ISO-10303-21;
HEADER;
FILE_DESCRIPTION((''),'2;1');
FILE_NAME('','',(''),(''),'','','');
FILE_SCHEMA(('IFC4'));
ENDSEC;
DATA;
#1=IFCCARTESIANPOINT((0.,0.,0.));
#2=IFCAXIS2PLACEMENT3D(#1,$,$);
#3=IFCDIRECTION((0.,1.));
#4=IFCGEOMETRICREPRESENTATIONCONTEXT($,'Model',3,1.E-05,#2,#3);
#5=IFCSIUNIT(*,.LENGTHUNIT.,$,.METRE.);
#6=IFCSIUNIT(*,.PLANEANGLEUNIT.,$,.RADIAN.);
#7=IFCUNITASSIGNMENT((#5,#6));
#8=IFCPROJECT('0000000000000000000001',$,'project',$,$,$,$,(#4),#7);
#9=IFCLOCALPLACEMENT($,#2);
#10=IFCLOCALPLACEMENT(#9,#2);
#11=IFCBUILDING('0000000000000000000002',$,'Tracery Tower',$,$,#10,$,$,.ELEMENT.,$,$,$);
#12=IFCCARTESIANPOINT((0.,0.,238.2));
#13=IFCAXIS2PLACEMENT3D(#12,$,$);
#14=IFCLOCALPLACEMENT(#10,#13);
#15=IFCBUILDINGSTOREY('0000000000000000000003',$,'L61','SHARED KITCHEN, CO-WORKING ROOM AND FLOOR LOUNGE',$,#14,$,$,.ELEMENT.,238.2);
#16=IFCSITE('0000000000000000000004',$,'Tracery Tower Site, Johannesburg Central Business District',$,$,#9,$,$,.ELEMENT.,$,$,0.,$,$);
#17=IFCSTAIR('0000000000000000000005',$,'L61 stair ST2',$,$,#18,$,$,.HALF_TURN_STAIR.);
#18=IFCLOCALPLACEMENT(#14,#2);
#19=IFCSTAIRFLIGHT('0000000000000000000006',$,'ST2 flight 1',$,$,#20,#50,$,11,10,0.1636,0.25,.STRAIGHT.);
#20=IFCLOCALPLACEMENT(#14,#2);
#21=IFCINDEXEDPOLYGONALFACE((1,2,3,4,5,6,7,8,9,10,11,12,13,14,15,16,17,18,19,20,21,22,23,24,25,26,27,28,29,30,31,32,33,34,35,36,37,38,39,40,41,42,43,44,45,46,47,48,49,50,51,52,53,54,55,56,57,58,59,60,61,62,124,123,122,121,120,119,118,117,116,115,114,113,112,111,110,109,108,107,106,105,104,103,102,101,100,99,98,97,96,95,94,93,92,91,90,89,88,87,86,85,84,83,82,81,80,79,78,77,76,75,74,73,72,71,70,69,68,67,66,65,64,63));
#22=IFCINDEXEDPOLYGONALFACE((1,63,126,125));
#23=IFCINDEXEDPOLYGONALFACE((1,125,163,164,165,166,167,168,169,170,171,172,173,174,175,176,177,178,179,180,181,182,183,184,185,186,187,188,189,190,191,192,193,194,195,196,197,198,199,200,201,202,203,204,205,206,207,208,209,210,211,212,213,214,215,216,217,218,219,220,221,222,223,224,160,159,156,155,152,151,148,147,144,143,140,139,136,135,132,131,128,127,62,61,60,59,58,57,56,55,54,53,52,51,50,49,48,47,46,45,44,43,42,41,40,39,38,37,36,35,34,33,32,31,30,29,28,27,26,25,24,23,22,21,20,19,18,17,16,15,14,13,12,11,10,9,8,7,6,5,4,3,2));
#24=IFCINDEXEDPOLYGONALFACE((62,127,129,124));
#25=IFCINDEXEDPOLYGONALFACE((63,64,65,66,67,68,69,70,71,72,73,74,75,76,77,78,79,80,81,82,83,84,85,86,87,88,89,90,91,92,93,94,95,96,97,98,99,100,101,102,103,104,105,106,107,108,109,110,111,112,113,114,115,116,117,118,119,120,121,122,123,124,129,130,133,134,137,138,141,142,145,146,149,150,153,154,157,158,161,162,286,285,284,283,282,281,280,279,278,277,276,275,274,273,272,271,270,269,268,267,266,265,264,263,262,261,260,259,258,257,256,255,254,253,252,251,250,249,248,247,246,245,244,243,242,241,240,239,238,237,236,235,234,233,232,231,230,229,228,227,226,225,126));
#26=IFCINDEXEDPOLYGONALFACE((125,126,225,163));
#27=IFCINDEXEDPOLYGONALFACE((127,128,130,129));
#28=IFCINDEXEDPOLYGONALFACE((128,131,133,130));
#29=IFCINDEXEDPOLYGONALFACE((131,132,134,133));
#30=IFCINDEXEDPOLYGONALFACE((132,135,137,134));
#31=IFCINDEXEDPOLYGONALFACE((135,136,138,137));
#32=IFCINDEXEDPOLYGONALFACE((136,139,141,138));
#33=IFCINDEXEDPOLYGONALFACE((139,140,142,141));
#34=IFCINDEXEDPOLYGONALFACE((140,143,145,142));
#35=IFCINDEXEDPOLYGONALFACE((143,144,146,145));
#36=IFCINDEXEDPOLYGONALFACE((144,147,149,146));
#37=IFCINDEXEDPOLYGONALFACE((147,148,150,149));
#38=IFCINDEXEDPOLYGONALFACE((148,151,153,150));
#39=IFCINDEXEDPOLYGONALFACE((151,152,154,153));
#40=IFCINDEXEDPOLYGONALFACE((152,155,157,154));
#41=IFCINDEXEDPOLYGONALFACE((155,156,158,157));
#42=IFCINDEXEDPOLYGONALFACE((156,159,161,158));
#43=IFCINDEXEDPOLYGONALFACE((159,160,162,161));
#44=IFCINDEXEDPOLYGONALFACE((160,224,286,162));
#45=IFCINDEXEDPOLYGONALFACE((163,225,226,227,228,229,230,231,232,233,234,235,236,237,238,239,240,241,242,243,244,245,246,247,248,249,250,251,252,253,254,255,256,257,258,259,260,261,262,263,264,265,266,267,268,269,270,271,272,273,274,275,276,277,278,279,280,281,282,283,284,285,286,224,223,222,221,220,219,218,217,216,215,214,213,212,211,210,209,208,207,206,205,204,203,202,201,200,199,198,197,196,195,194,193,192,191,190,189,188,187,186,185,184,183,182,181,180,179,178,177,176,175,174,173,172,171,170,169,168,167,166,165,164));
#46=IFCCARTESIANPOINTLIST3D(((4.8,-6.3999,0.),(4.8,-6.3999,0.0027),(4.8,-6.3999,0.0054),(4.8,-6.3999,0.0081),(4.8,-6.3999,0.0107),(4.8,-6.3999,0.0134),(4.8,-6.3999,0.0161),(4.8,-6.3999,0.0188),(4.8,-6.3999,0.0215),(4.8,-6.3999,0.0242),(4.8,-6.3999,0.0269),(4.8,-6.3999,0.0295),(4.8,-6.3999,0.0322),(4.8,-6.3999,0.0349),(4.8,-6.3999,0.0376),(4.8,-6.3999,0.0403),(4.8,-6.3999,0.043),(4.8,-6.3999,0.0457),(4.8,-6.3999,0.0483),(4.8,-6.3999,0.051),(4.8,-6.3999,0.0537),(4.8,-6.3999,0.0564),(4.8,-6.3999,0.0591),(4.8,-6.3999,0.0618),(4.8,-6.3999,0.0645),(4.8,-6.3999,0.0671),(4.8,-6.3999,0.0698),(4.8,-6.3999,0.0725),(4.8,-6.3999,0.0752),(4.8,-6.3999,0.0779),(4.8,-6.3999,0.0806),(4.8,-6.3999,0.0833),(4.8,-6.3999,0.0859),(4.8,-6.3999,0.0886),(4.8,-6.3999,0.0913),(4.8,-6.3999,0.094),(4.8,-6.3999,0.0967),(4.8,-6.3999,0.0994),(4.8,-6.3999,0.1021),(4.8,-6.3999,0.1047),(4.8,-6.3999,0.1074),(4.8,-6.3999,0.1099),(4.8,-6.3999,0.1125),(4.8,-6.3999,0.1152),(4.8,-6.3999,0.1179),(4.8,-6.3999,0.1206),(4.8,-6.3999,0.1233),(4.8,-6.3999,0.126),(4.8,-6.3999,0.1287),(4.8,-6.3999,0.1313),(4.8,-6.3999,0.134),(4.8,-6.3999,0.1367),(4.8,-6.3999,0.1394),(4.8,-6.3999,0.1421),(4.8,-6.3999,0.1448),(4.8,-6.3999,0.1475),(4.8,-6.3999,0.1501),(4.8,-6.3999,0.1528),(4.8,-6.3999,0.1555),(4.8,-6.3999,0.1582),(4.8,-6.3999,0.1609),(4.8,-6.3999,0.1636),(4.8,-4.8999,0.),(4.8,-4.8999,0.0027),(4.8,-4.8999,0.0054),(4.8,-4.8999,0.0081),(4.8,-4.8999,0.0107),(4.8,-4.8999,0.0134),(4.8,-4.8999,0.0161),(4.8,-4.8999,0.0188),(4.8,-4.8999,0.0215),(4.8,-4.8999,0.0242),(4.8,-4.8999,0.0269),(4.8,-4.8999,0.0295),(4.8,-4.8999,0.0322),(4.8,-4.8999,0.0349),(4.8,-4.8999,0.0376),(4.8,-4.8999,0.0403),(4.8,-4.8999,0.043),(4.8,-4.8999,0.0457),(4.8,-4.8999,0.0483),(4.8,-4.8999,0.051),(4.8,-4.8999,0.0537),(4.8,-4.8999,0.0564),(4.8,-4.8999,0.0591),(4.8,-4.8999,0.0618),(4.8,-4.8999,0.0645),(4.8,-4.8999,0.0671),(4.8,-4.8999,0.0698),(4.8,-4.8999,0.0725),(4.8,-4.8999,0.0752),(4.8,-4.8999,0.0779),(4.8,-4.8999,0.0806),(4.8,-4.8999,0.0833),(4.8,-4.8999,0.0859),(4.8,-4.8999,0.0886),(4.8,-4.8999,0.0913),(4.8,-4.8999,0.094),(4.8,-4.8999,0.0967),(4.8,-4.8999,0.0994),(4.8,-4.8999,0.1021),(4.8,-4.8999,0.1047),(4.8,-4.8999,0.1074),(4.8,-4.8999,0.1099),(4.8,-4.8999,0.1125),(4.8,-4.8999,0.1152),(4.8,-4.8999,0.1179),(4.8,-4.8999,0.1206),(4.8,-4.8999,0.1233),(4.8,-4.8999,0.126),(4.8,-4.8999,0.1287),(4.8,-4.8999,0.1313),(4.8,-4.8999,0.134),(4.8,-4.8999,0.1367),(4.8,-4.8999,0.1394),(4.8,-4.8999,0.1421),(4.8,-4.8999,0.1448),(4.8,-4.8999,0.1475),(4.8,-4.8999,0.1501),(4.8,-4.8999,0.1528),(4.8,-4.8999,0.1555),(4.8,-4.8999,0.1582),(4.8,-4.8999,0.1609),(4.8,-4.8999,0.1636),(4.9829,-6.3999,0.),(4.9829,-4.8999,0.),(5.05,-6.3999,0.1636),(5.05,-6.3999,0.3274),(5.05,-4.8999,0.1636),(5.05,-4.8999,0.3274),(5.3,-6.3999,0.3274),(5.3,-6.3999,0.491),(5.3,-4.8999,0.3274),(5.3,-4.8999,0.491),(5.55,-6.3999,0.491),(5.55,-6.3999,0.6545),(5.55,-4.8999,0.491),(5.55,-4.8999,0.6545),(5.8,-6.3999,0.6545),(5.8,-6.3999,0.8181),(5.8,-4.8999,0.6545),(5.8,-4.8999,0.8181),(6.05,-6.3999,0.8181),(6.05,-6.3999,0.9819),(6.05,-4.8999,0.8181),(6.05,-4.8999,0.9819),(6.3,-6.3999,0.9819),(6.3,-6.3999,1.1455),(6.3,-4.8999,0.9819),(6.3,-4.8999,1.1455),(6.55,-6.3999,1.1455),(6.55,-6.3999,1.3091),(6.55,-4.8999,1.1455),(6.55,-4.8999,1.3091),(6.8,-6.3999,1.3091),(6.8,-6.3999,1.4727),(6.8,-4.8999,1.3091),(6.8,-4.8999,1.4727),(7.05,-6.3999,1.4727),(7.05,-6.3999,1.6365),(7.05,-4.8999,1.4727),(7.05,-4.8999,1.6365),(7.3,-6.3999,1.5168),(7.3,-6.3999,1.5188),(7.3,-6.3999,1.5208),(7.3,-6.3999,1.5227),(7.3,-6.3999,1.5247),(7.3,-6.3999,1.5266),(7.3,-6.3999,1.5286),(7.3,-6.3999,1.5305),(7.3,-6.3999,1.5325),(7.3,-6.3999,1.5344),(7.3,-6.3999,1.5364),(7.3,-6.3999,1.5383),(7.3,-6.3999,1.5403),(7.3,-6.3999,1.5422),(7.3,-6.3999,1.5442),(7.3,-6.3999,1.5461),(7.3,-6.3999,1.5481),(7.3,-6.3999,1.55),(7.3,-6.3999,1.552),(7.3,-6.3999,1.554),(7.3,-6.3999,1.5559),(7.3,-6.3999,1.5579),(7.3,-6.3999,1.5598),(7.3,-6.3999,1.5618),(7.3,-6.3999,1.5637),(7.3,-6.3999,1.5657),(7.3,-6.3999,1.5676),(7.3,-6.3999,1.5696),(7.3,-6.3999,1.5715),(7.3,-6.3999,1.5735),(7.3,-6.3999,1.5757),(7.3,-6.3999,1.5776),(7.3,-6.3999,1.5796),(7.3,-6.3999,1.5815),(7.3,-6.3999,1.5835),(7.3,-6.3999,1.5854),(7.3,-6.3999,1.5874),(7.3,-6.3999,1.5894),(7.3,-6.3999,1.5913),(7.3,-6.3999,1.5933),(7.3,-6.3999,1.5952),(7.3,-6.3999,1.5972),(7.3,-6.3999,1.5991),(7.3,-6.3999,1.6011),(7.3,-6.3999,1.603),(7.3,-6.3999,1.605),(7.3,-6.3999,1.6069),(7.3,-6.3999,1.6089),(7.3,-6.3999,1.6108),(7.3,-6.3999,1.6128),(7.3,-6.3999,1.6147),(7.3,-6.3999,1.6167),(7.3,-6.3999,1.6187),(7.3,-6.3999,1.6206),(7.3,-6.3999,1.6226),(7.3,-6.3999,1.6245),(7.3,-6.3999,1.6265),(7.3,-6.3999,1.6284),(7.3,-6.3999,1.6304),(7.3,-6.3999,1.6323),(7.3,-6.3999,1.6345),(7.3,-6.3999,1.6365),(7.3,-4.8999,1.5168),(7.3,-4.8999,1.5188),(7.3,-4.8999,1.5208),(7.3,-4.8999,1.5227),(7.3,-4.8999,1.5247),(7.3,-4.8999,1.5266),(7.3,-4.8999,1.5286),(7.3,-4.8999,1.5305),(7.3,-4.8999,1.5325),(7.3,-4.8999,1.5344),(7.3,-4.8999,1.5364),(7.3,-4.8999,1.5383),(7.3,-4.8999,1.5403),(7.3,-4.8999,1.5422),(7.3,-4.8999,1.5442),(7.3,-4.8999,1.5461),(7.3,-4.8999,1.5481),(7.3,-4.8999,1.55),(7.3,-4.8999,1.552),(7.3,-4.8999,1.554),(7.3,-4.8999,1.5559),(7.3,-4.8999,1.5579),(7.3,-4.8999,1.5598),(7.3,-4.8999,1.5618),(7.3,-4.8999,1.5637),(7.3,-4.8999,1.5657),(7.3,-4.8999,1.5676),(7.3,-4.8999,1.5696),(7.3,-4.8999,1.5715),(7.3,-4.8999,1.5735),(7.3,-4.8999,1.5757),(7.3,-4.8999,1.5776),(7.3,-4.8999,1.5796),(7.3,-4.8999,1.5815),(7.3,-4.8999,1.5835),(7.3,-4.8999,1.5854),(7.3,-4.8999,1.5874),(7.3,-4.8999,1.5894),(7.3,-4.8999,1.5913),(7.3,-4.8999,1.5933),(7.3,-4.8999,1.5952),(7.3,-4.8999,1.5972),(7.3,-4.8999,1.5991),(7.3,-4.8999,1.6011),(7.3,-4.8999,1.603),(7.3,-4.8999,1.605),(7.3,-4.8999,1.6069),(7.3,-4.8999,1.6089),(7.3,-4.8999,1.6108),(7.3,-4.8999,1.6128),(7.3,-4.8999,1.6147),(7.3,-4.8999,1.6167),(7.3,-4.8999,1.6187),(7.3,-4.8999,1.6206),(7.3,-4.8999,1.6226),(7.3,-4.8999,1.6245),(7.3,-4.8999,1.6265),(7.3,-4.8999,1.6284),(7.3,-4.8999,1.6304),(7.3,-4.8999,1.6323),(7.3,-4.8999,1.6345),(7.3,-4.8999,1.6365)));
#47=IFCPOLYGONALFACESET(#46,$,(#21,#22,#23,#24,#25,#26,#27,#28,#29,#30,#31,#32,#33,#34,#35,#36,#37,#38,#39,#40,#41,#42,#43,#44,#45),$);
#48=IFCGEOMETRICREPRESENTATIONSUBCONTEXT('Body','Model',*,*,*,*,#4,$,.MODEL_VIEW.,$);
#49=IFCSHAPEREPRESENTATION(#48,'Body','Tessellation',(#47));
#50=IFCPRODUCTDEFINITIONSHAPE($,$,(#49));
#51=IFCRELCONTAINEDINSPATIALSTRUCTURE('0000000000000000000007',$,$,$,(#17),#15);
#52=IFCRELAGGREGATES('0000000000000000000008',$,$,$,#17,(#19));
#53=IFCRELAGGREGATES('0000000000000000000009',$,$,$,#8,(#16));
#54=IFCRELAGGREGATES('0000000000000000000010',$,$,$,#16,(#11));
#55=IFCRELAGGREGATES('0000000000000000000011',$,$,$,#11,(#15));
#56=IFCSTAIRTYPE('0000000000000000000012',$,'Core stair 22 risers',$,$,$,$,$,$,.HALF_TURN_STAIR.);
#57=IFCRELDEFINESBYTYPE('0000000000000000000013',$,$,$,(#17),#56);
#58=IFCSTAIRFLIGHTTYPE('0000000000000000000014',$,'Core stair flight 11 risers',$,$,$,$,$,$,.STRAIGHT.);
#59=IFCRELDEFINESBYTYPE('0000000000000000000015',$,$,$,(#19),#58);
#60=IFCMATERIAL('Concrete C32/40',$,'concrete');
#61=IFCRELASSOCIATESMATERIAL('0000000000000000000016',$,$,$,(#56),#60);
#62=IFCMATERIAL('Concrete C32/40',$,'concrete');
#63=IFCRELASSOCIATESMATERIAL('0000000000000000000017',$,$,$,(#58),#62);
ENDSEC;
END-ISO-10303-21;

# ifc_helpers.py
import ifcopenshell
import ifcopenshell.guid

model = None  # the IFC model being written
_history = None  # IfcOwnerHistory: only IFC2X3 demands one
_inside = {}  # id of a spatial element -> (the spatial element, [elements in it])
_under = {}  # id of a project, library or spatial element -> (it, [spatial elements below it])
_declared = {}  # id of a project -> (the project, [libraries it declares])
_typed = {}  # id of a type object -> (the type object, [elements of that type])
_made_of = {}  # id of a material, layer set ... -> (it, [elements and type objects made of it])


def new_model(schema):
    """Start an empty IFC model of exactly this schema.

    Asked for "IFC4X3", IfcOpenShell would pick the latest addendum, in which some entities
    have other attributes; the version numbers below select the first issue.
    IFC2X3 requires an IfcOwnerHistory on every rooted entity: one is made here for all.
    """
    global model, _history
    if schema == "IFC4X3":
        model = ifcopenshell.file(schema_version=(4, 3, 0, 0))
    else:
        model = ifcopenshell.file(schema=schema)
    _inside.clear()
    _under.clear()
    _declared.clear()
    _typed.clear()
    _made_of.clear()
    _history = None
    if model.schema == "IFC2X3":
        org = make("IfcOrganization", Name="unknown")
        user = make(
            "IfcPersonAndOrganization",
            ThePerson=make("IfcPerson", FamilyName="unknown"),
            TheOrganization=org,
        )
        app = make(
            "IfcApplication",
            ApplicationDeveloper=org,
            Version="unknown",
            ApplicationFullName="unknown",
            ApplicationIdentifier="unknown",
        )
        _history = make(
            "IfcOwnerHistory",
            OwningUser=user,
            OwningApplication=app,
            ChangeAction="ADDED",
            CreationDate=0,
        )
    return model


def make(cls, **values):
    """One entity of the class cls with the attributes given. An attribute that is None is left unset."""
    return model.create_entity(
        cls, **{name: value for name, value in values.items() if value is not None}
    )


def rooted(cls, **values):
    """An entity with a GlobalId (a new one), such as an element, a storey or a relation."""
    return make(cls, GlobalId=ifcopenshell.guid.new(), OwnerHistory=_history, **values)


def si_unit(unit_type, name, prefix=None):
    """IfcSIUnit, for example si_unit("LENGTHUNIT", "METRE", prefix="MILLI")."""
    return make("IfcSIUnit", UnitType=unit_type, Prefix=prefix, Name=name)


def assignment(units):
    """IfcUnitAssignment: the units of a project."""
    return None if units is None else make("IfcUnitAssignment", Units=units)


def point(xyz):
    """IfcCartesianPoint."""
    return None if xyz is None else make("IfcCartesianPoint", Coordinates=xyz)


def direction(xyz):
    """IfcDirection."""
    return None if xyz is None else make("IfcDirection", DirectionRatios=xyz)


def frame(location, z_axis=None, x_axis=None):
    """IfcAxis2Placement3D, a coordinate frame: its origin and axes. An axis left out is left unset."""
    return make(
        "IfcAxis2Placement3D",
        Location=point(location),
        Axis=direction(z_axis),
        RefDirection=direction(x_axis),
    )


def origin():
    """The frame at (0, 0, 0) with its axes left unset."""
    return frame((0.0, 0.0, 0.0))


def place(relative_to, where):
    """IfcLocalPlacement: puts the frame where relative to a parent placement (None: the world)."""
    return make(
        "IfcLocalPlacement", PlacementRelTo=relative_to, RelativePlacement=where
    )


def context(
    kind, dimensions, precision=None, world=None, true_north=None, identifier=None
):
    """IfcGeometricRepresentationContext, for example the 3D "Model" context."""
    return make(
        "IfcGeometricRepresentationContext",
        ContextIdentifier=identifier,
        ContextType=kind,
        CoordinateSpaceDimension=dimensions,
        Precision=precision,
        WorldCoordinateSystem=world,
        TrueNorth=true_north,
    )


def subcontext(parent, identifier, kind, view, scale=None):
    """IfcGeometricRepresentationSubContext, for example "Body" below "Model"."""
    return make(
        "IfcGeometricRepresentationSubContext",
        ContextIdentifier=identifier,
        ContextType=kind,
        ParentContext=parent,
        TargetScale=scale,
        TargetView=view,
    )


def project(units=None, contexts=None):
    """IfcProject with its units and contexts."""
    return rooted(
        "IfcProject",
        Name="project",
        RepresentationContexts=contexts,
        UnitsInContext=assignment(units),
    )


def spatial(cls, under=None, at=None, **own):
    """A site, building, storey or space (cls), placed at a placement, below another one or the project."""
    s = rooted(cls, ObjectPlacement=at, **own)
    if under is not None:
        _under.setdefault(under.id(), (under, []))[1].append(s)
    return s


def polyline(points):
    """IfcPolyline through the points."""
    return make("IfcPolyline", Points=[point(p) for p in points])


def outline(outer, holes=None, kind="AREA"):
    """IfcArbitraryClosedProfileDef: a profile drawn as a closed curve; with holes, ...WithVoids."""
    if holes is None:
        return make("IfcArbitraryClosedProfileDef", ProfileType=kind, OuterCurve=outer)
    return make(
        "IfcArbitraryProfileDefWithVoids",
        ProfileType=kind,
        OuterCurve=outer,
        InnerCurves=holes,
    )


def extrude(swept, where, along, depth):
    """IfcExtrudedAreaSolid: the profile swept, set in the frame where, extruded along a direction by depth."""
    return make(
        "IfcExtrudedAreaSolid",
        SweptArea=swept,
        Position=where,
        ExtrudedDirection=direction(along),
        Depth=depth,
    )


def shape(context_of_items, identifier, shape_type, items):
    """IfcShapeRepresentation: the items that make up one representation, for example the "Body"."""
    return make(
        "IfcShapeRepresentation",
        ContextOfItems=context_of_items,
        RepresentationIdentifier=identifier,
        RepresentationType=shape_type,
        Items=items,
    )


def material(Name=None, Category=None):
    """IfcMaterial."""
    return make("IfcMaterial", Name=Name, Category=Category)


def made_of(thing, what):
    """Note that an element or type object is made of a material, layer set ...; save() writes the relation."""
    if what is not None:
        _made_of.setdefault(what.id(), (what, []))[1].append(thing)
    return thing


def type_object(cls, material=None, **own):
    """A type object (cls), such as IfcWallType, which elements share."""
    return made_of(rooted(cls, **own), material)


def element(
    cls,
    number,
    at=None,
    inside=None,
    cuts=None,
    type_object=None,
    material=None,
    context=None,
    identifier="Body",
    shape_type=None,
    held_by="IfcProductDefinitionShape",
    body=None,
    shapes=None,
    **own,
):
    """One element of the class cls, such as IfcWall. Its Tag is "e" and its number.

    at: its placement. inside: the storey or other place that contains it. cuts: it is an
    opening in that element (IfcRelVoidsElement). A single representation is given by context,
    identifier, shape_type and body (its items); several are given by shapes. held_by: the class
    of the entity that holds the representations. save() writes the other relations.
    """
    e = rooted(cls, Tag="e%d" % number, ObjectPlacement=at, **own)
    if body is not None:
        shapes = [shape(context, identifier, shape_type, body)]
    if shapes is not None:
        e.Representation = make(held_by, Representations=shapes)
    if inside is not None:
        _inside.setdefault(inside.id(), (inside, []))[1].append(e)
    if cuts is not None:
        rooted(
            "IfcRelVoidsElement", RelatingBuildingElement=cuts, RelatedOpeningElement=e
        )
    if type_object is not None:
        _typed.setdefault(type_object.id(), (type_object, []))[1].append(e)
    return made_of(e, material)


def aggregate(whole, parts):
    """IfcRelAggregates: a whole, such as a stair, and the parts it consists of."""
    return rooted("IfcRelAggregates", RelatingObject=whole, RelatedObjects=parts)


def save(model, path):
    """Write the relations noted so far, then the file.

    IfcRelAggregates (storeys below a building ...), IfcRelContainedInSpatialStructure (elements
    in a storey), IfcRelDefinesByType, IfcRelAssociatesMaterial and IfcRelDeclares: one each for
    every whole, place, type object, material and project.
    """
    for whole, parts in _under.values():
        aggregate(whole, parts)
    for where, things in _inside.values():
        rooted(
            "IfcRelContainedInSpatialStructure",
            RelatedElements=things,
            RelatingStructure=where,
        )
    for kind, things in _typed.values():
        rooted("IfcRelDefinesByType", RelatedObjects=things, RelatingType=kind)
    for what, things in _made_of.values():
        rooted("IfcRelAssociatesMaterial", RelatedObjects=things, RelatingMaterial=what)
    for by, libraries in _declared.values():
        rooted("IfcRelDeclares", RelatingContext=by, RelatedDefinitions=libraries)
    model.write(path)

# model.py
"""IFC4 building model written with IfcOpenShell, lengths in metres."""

from ifc_helpers import new_model, si_unit, direction, frame, origin, place, context, subcontext, project, spatial, polyline, outline, extrude, material, type_object, element, aggregate, save


model = new_model("IFC4")

# Units and contexts
model_context = context("Model", 3, precision=1e-05, world=origin(), true_north=direction((0.0, 1.0)))
body_context = subcontext(model_context, "Body", "Model", "MODEL_VIEW")
ifc_project = project(units=[si_unit("LENGTHUNIT", "METRE"), si_unit("PLANEANGLEUNIT", "RADIAN")], contexts=[model_context])

# Site, building, storey
site_placement = place(None, origin())
site = spatial("IfcSite", under=ifc_project, at=site_placement, Name="Tracery Tower Site, Johannesburg Central Business District", CompositionType="ELEMENT", RefElevation=0.0)
building_placement = place(site_placement, origin())
building = spatial("IfcBuilding", under=site, at=building_placement, Name="Tracery Tower", CompositionType="ELEMENT")
storey_placement = place(building_placement, frame((0.0, 0.0, 238.2)))
storey = spatial("IfcBuildingStorey", under=building, at=storey_placement, Name="L61", Description="SHARED KITCHEN, CO-WORKING ROOM AND FLOOR LOUNGE", CompositionType="ELEMENT", Elevation=238.2)

# Stair, stair flight
ifc_material_1 = material(Name="Concrete C32/40", Category="concrete")
stair_type = type_object("IfcStairType", Name="Core stair 22 risers", PredefinedType="HALF_TURN_STAIR", material=ifc_material_1)
stair_placement = place(storey_placement, origin())
stair = element("IfcStair", 1, at=stair_placement, inside=storey, type_object=stair_type, Name="L61 stair ST2", PredefinedType="HALF_TURN_STAIR")
ifc_material_2 = material(Name="Concrete C32/40", Category="concrete")
stair_flight_type = type_object("IfcStairFlightType", Name="Core stair flight 11 risers", PredefinedType="STRAIGHT", material=ifc_material_2)
stair_flight_placement = place(storey_placement, frame((4.8, -5.6499, 0.0), z_axis=(0.0, 0.0, 1.0), x_axis=(1.0, 0.0, 0.0)))
stair_flight = element("IfcStairFlight", 2, at=stair_flight_placement, type_object=stair_flight_type, Name="ST2 flight 1", NumberOfRisers=11, NumberOfTreads=10, PredefinedType="STRAIGHT", RiserHeight=0.1636, TreadLength=0.25, context=body_context, shape_type="SweptSolid", body=[
    extrude(outline(polyline([(0.0, 0.0), (0.0, 0.0027), (0.0, 0.0054), (0.0, 0.0081), (0.0, 0.0107), (0.0, 0.0134), (0.0, 0.0161), (0.0, 0.0188), (0.0, 0.0215), (0.0, 0.0242), (0.0, 0.0269), (0.0, 0.0295), (0.0, 0.0322), (0.0, 0.0349), (0.0, 0.0376), (0.0, 0.0403), (0.0, 0.043), (0.0, 0.0457), (0.0, 0.0483), (0.0, 0.051), (0.0, 0.0537), (0.0, 0.0564), (0.0, 0.0591), (0.0, 0.0618), (0.0, 0.0645), (0.0, 0.0671), (0.0, 0.0698), (0.0, 0.0725), (0.0, 0.0752), (0.0, 0.0779), (0.0, 0.0806), (0.0, 0.0833), (0.0, 0.0859), (0.0, 0.0886), (0.0, 0.0913), (0.0, 0.094), (0.0, 0.0967), (0.0, 0.0994), (0.0, 0.1021), (0.0, 0.1047), (0.0, 0.1074), (0.0, 0.1099), (0.0, 0.1125), (0.0, 0.1152), (0.0, 0.1179), (0.0, 0.1206), (0.0, 0.1233), (0.0, 0.126), (0.0, 0.1287), (0.0, 0.1313), (0.0, 0.134), (0.0, 0.1367), (0.0, 0.1394), (0.0, 0.1421), (0.0, 0.1448), (0.0, 0.1475), (0.0, 0.1501), (0.0, 0.1528), (0.0, 0.1555), (0.0, 0.1582), (0.0, 0.1609), (0.0, 0.1636), (0.25, 0.1636), (0.25, 0.3274), (0.5, 0.3274), (0.5, 0.491), (0.75, 0.491), (0.75, 0.6545), (1.0, 0.6545), (1.0, 0.8181), (1.25, 0.8181), (1.25, 0.9819), (1.5, 0.9819), (1.5, 1.1455), (1.75, 1.1455), (1.75, 1.3091), (2.0, 1.3091), (2.0, 1.4727), (2.25, 1.4727), (2.25, 1.6365), (2.5, 1.6365), (2.5, 1.6345), (2.5, 1.6323), (2.5, 1.6304), (2.5, 1.6284), (2.5, 1.6265), (2.5, 1.6245), (2.5, 1.6226), (2.5, 1.6206), (2.5, 1.6187), (2.5, 1.6167), (2.5, 1.6147), (2.5, 1.6128), (2.5, 1.6108), (2.5, 1.6089), (2.5, 1.6069), (2.5, 1.605), (2.5, 1.603), (2.5, 1.6011), (2.5, 1.5991), (2.5, 1.5972), (2.5, 1.5952), (2.5, 1.5933), (2.5, 1.5913), (2.5, 1.5894), (2.5, 1.5874), (2.5, 1.5854), (2.5, 1.5835), (2.5, 1.5815), (2.5, 1.5796), (2.5, 1.5776), (2.5, 1.5757), (2.5, 1.5735), (2.5, 1.5715), (2.5, 1.5696), (2.5, 1.5676), (2.5, 1.5657), (2.5, 1.5637), (2.5, 1.5618), (2.5, 1.5598), (2.5, 1.5579), (2.5, 1.5559), (2.5, 1.554), (2.5, 1.552), (2.5, 1.55), (2.5, 1.5481), (2.5, 1.5461), (2.5, 1.5442), (2.5, 1.5422), (2.5, 1.5403), (2.5, 1.5383), (2.5, 1.5364), (2.5, 1.5344), (2.5, 1.5325), (2.5, 1.5305), (2.5, 1.5286), (2.5, 1.5266), (2.5, 1.5247), (2.5, 1.5227), (2.5, 1.5208), (2.5, 1.5188), (2.5, 1.5168), (0.1829, 0.0), (0.0, 0.0)])), frame((0.0, 0.75, 0.0), z_axis=(0.0, -1.0, 0.0), x_axis=(1.0, 0.0, 0.0)), (0.0, 0.0, 1.0), 1.5),
])
aggregate(stair, [stair_flight])

save(model, "model.ifc")
